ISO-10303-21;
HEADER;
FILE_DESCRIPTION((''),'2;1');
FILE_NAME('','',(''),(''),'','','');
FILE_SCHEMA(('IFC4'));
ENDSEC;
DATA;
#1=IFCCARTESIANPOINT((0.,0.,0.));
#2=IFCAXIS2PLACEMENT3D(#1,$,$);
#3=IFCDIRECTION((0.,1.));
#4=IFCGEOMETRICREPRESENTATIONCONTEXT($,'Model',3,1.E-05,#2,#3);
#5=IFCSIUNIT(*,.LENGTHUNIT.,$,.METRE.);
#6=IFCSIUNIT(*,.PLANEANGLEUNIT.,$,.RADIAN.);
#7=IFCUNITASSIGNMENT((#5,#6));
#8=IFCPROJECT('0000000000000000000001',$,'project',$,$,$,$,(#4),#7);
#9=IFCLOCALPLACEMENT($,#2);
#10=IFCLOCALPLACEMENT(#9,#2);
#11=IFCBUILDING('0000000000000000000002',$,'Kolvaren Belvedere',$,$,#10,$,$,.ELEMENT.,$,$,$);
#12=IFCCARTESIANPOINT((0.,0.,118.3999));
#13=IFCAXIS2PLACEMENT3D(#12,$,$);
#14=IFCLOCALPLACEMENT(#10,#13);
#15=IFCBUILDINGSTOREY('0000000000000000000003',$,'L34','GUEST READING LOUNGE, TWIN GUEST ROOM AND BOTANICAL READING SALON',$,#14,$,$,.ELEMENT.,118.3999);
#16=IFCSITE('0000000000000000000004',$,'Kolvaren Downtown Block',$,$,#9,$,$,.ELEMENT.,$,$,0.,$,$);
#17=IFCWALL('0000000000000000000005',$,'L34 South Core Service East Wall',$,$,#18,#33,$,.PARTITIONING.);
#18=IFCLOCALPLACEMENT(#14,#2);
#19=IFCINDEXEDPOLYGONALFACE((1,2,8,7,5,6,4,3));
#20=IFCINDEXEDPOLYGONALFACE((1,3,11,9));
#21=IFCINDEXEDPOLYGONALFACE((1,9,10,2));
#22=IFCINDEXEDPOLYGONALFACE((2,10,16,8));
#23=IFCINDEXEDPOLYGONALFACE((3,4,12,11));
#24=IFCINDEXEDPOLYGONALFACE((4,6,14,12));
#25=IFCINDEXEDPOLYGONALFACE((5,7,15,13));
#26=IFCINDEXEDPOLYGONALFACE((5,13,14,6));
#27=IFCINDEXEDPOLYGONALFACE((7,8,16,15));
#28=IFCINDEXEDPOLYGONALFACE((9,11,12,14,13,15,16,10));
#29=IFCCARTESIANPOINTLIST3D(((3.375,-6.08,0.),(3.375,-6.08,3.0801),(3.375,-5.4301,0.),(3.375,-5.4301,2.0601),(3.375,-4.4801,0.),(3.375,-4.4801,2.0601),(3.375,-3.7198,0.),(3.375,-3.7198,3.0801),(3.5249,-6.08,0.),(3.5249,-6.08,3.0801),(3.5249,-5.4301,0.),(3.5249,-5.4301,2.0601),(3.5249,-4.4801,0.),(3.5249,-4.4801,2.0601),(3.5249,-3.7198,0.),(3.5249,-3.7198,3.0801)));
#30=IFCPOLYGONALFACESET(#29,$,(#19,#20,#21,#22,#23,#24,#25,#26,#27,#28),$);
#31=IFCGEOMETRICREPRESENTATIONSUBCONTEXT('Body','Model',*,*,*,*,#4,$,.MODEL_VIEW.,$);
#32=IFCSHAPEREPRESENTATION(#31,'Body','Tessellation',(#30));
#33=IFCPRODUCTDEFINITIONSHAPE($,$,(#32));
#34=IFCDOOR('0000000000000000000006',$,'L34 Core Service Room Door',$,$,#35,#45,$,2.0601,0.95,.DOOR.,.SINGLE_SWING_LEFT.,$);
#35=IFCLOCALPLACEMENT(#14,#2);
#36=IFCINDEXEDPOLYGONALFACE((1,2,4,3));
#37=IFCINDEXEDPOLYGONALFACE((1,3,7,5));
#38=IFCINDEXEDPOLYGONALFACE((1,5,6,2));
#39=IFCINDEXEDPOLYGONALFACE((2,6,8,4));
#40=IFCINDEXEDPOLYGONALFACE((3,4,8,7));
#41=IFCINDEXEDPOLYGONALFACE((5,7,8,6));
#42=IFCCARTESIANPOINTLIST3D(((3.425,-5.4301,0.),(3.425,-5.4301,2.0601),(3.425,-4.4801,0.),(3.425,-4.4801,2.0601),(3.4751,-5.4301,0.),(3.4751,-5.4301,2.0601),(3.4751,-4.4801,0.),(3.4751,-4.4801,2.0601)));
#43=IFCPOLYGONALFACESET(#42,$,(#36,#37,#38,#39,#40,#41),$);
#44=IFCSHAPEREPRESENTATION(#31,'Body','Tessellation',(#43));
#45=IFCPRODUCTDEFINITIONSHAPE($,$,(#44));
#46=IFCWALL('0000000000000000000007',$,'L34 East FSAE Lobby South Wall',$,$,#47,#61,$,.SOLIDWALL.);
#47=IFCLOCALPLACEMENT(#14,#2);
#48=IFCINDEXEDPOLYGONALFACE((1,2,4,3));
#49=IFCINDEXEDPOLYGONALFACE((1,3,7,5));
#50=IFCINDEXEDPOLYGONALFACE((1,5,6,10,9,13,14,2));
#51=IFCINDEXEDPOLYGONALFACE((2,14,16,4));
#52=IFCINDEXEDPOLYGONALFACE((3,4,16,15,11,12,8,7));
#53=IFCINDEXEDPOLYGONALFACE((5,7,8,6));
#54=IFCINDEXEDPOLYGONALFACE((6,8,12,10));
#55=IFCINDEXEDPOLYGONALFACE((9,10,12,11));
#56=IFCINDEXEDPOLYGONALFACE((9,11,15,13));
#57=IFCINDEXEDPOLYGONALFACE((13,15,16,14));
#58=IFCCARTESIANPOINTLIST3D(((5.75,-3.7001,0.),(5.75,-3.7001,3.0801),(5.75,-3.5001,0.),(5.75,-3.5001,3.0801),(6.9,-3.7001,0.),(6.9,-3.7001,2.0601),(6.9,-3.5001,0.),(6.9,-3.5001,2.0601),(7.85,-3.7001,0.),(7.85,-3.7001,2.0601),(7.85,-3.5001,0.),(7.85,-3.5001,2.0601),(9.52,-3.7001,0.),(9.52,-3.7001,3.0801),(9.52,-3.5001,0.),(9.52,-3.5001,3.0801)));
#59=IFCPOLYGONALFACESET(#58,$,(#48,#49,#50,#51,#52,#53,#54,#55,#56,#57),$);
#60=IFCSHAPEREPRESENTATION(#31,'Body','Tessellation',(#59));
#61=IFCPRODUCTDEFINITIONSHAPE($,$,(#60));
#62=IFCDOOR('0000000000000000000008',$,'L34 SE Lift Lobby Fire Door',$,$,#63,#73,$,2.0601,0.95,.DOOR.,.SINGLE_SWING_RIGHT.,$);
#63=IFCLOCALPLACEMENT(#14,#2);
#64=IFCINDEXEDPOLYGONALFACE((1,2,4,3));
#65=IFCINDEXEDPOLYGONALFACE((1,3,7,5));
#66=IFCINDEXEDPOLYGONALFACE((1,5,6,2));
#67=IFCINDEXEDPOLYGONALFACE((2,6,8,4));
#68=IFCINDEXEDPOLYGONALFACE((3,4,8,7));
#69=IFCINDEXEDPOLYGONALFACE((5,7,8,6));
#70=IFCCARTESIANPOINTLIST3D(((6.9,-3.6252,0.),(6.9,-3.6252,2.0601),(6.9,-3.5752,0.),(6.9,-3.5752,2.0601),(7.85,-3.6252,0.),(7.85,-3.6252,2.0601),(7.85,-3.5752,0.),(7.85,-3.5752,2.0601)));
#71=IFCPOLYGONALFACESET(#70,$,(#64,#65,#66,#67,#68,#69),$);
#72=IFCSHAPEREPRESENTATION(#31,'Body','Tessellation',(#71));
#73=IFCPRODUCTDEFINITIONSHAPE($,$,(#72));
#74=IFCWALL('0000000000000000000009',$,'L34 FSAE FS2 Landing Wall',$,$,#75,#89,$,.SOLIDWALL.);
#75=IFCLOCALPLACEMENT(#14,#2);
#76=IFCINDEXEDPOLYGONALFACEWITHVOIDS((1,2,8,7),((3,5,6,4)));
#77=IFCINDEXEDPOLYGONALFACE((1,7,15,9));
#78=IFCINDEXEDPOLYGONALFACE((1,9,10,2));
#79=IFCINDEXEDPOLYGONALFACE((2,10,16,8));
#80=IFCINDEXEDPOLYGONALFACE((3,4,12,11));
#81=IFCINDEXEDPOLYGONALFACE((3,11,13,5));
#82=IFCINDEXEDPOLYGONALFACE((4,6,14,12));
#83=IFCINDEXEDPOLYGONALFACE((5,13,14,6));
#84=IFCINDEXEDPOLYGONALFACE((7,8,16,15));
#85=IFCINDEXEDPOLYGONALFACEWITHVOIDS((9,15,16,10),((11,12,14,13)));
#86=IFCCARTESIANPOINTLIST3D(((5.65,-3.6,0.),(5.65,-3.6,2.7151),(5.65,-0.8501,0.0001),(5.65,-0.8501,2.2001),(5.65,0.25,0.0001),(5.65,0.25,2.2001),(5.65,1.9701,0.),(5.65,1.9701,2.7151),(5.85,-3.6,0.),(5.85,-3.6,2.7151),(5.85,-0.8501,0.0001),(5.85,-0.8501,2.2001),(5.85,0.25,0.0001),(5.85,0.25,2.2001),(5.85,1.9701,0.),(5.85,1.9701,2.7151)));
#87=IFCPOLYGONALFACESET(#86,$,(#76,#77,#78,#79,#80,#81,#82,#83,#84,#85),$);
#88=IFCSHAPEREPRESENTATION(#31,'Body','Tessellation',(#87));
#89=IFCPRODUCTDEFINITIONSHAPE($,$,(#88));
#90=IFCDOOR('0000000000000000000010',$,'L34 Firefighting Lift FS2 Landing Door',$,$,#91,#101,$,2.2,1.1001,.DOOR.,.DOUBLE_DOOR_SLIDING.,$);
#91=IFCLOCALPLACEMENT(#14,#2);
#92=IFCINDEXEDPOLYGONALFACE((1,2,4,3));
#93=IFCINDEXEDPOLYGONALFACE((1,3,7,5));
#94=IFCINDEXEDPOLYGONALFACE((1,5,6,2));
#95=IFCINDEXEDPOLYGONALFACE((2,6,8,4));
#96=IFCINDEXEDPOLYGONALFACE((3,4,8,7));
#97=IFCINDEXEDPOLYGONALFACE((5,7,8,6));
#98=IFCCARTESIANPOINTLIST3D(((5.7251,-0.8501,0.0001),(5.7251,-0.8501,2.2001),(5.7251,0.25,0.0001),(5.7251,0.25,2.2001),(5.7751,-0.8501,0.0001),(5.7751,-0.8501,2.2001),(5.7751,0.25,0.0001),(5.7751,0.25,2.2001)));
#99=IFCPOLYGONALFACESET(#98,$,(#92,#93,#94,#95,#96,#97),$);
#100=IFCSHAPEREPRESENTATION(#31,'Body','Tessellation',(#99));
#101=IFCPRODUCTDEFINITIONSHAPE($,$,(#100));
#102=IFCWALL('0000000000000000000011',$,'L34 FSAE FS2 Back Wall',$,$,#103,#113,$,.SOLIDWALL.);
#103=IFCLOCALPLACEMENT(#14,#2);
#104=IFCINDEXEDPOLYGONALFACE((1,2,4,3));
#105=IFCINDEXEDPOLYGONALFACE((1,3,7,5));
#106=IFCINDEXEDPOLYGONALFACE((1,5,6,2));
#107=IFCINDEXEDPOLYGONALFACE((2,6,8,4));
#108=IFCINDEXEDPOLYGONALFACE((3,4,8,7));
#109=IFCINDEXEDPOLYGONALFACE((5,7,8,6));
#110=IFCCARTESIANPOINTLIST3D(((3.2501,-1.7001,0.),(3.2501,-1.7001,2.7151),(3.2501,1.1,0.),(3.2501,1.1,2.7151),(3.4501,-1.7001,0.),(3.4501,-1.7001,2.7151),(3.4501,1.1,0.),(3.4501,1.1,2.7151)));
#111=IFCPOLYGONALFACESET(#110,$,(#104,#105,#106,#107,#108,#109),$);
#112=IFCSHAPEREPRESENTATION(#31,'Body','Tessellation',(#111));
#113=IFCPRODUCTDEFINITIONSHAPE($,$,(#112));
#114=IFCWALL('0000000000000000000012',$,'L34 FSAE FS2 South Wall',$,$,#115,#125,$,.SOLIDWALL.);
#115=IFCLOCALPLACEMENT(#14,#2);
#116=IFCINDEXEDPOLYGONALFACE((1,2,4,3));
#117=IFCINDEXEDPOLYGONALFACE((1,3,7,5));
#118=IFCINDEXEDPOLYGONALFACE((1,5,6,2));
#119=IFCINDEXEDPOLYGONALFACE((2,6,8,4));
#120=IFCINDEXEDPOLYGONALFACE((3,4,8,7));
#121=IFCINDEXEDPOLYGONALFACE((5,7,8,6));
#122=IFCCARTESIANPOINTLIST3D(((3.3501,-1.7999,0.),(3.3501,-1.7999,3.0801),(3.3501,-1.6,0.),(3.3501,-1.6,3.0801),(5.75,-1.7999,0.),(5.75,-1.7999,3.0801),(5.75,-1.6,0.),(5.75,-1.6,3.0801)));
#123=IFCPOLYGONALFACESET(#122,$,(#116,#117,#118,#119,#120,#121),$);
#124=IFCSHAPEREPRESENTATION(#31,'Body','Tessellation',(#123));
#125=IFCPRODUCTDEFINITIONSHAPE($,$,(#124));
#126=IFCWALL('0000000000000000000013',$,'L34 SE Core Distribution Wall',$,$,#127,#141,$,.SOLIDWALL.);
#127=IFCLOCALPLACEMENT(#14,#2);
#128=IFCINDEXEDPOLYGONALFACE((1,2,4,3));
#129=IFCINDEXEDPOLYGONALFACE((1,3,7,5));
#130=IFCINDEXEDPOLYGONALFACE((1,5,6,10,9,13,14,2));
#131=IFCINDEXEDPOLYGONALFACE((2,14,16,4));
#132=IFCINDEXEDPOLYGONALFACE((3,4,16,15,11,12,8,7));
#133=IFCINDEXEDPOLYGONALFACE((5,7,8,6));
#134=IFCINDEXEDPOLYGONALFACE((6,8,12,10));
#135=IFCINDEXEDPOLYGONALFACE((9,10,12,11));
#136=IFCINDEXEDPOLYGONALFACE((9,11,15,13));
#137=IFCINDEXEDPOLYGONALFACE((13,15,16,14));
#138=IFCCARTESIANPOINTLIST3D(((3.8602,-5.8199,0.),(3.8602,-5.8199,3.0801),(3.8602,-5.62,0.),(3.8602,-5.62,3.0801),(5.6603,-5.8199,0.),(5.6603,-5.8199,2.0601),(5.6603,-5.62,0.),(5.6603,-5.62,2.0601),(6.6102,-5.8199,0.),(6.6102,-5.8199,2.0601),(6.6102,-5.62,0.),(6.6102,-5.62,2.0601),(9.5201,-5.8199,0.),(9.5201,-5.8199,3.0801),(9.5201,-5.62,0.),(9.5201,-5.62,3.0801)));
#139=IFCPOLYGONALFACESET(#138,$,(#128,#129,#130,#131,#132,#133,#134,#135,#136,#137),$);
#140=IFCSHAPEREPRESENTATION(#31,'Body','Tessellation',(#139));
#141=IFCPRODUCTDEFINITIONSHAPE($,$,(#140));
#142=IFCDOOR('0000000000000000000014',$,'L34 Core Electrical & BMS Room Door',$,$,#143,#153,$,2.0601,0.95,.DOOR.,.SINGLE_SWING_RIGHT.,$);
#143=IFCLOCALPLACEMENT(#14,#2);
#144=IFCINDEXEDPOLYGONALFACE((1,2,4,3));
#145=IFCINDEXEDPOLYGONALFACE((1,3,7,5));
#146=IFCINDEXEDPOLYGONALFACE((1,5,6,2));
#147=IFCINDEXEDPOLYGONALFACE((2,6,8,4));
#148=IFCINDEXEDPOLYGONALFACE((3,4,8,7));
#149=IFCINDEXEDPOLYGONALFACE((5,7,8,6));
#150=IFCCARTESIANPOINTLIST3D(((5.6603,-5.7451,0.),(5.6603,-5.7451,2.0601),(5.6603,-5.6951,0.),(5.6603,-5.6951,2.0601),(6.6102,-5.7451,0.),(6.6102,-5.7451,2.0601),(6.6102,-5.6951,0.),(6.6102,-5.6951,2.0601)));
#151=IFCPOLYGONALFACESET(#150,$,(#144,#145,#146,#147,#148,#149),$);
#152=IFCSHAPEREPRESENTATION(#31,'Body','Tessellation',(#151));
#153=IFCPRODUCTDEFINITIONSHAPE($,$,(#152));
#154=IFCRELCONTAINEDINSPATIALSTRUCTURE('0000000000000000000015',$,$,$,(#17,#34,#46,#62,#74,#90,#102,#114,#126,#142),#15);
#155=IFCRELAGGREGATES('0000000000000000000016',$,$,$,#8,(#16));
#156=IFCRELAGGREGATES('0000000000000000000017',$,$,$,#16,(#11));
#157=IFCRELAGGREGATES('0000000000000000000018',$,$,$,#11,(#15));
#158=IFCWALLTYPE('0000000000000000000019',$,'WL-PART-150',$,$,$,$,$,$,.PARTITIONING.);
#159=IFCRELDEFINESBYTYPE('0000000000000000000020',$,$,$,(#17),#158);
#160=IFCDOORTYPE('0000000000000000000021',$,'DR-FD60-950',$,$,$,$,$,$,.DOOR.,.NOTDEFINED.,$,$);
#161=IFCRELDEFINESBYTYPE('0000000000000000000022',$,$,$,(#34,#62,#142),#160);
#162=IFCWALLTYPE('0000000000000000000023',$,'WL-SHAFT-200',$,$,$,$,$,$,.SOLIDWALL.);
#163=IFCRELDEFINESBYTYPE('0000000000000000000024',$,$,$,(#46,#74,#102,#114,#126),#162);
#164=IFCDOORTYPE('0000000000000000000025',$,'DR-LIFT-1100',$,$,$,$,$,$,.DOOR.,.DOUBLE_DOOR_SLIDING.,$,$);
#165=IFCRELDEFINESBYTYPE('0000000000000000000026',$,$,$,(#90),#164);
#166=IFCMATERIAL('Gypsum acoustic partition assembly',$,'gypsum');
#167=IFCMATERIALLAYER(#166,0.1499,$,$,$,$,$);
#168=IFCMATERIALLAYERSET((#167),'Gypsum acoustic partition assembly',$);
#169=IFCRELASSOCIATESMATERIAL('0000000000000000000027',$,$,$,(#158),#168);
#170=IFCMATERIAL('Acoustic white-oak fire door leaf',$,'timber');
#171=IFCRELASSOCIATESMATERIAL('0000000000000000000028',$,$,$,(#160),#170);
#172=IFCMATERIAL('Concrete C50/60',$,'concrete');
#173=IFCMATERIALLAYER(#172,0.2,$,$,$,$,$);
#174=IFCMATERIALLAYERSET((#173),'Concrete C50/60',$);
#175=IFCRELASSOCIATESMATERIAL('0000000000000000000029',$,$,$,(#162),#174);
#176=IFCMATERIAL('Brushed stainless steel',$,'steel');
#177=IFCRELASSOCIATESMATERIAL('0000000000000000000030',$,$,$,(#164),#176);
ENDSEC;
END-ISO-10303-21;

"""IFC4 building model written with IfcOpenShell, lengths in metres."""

from ifc_helpers import new_model, si_unit, direction, frame, frame_2d, origin, place, context, subcontext, project, spatial, rectangle, extrude, material, layer, layer_set, type_object, element, fill, save


model = new_model("IFC4")

# Units and contexts
model_context = context("Model", 3, precision=1e-05, world=origin(), true_north=direction((0.0, 1.0)))
body_context = subcontext(model_context, "Body", "Model", "MODEL_VIEW")
ifc_project = project(units=[si_unit("LENGTHUNIT", "METRE"), si_unit("PLANEANGLEUNIT", "RADIAN")], contexts=[model_context])

# Site, building, storey
site_placement = place(None, origin())
site = spatial("IfcSite", under=ifc_project, at=site_placement, Name="Kolvaren Downtown Block", CompositionType="ELEMENT", RefElevation=0.0)
building_placement = place(site_placement, origin())
building = spatial("IfcBuilding", under=site, at=building_placement, Name="Kolvaren Belvedere", CompositionType="ELEMENT")
storey_placement = place(building_placement, frame((0.0, 0.0, 118.3999)))
storey = spatial("IfcBuildingStorey", under=building, at=storey_placement, Name="L34", Description="GUEST READING LOUNGE, TWIN GUEST ROOM AND BOTANICAL READING SALON", CompositionType="ELEMENT", Elevation=118.3999)

# Walls, openings, doors
ifc_material_1 = material(Name="Gypsum acoustic partition assembly", Category="gypsum")
ifc_layer_1 = layer(ifc_material_1, 0.1499)
ifc_layer_set_1 = layer_set([ifc_layer_1], Name="Gypsum acoustic partition assembly")
wall_type_1 = type_object("IfcWallType", Name="WL-PART-150", PredefinedType="PARTITIONING", material=ifc_layer_set_1)
wall_1_placement = place(storey_placement, frame((3.45, -6.0801, 0.0), z_axis=(0.0, 0.0, 1.0), x_axis=(0.0, 1.0, 0.0)))
wall_1 = element("IfcWall", 1, at=wall_1_placement, inside=storey, type_object=wall_type_1, Name="L34 South Core Service East Wall", PredefinedType="PARTITIONING", context=body_context, shape_type="SweptSolid", body=[
    extrude(rectangle(XDim=2.3601, YDim=0.1499, at=frame_2d((1.1802, 0.0))), origin(), (0.0, 0.0, 1.0), 3.0801),
])
opening_1_placement = place(wall_1_placement, frame((0.6499, 0.0, 0.0)))
opening_1 = element("IfcOpeningElement", 2, at=opening_1_placement, cuts=wall_1, PredefinedType="OPENING", context=body_context, shape_type="SweptSolid", body=[
    extrude(rectangle(XDim=0.95, YDim=2.0601, at=frame_2d((0.4751, 1.03))), frame((0.0, 0.085, 0.0), z_axis=(0.0, -1.0, 0.0), x_axis=(1.0, 0.0, 0.0)), (0.0, 0.0, 1.0), 0.1699),
])
ifc_material_2 = material(Name="Acoustic white-oak fire door leaf", Category="timber")
door_type_1 = type_object("IfcDoorType", Name="DR-FD60-950", OperationType="NOTDEFINED", PredefinedType="DOOR", material=ifc_material_2)
door_1_placement = place(opening_1_placement, origin())
door_1 = element("IfcDoor", 3, at=door_1_placement, inside=storey, type_object=door_type_1, Name="L34 Core Service Room Door", OperationType="SINGLE_SWING_LEFT", OverallHeight=2.0601, OverallWidth=0.95, PredefinedType="DOOR", context=body_context, shape_type="SweptSolid", body=[
    extrude(rectangle(XDim=0.95, YDim=2.0601, at=frame_2d((0.4751, 1.03))), frame((0.0, 0.0249, 0.0), z_axis=(0.0, -1.0, 0.0), x_axis=(1.0, 0.0, 0.0)), (0.0, 0.0, 1.0), 0.05),
])
fill(opening_1, door_1)
ifc_material_3 = material(Name="Concrete C50/60", Category="concrete")
ifc_layer_2 = layer(ifc_material_3, 0.2)
ifc_layer_set_2 = layer_set([ifc_layer_2], Name="Concrete C50/60")
wall_type_2 = type_object("IfcWallType", Name="WL-SHAFT-200", PredefinedType="SOLIDWALL", material=ifc_layer_set_2)
wall_2_placement = place(storey_placement, frame((5.75, -3.6001, 0.0), z_axis=(0.0, 0.0, 1.0), x_axis=(1.0, 0.0, 0.0)))
wall_2 = element("IfcWall", 4, at=wall_2_placement, inside=storey, type_object=wall_type_2, Name="L34 East FSAE Lobby South Wall", PredefinedType="SOLIDWALL", context=body_context, shape_type="SweptSolid", body=[
    extrude(rectangle(XDim=3.77, YDim=0.2, at=frame_2d((1.885, 0.0))), origin(), (0.0, 0.0, 1.0), 3.0801),
])
opening_2_placement = place(wall_2_placement, frame((1.1499, 0.0, 0.0)))
opening_2 = element("IfcOpeningElement", 5, at=opening_2_placement, cuts=wall_2, PredefinedType="OPENING", context=body_context, shape_type="SweptSolid", body=[
    extrude(rectangle(XDim=0.95, YDim=2.0601, at=frame_2d((0.4751, 1.03))), frame((0.0, 0.1099, 0.0), z_axis=(0.0, -1.0, 0.0), x_axis=(1.0, 0.0, 0.0)), (0.0, 0.0, 1.0), 0.22),
])
door_2_placement = place(opening_2_placement, origin())
door_2 = element("IfcDoor", 6, at=door_2_placement, inside=storey, type_object=door_type_1, Name="L34 SE Lift Lobby Fire Door", OperationType="SINGLE_SWING_RIGHT", OverallHeight=2.0601, OverallWidth=0.95, PredefinedType="DOOR", context=body_context, shape_type="SweptSolid", body=[
    extrude(rectangle(XDim=0.95, YDim=2.0601, at=frame_2d((0.4751, 1.03))), frame((0.0, 0.0249, 0.0), z_axis=(0.0, -1.0, 0.0), x_axis=(1.0, 0.0, 0.0)), (0.0, 0.0, 1.0), 0.05),
])
fill(opening_2, door_2)
wall_3_placement = place(storey_placement, frame((5.75, -3.6001, 0.0), z_axis=(0.0, 0.0, 1.0), x_axis=(0.0, 1.0, 0.0)))
wall_3 = element("IfcWall", 7, at=wall_3_placement, inside=storey, type_object=wall_type_2, Name="L34 FSAE FS2 Landing Wall", PredefinedType="SOLIDWALL", context=body_context, shape_type="SweptSolid", body=[
    extrude(rectangle(XDim=5.5701, YDim=0.2, at=frame_2d((2.7852, 0.0))), origin(), (0.0, 0.0, 1.0), 2.7151),
])
opening_3_placement = place(wall_3_placement, frame((2.75, 0.0, 0.0)))
opening_3 = element("IfcOpeningElement", 8, at=opening_3_placement, cuts=wall_3, PredefinedType="OPENING", context=body_context, shape_type="SweptSolid", body=[
    extrude(rectangle(XDim=1.1001, YDim=2.2, at=frame_2d((0.55, 1.1001))), frame((0.0, 0.1099, 0.0), z_axis=(0.0, -1.0, 0.0), x_axis=(1.0, 0.0, 0.0)), (0.0, 0.0, 1.0), 0.22),
])
ifc_material_4 = material(Name="Brushed stainless steel", Category="steel")
door_type_2 = type_object("IfcDoorType", Name="DR-LIFT-1100", OperationType="DOUBLE_DOOR_SLIDING", PredefinedType="DOOR", material=ifc_material_4)
door_3_placement = place(opening_3_placement, origin())
door_3 = element("IfcDoor", 9, at=door_3_placement, inside=storey, type_object=door_type_2, Name="L34 Firefighting Lift FS2 Landing Door", OperationType="DOUBLE_DOOR_SLIDING", OverallHeight=2.2, OverallWidth=1.1001, PredefinedType="DOOR", context=body_context, shape_type="SweptSolid", body=[
    extrude(rectangle(XDim=1.1001, YDim=2.2, at=frame_2d((0.55, 1.1001))), frame((0.0, 0.0249, 0.0), z_axis=(0.0, -1.0, 0.0), x_axis=(1.0, 0.0, 0.0)), (0.0, 0.0, 1.0), 0.05),
])
fill(opening_3, door_3)

# Walls
wall_4_placement = place(storey_placement, frame((3.3501, -1.7, 0.0), z_axis=(0.0, 0.0, 1.0), x_axis=(0.0, 1.0, 0.0)))
element("IfcWall", 10, at=wall_4_placement, inside=storey, type_object=wall_type_2, Name="L34 FSAE FS2 Back Wall", PredefinedType="SOLIDWALL", context=body_context, shape_type="SweptSolid", body=[
    extrude(rectangle(XDim=2.8, YDim=0.2, at=frame_2d((1.3999, 0.0))), origin(), (0.0, 0.0, 1.0), 2.7151),
])
wall_5_placement = place(storey_placement, frame((3.3501, -1.7, 0.0), z_axis=(0.0, 0.0, 1.0), x_axis=(1.0, 0.0, 0.0)))
element("IfcWall", 11, at=wall_5_placement, inside=storey, type_object=wall_type_2, Name="L34 FSAE FS2 South Wall", PredefinedType="SOLIDWALL", context=body_context, shape_type="SweptSolid", body=[
    extrude(rectangle(XDim=2.3999, YDim=0.2, at=frame_2d((1.2, 0.0))), origin(), (0.0, 0.0, 1.0), 3.0801),
])

# Wall, opening, door
wall_6_placement = place(storey_placement, frame((3.8601, -5.72, 0.0), z_axis=(0.0, 0.0, 1.0), x_axis=(1.0, 0.0, 0.0)))
wall_6 = element("IfcWall", 12, at=wall_6_placement, inside=storey, type_object=wall_type_2, Name="L34 SE Core Distribution Wall", PredefinedType="SOLIDWALL", context=body_context, shape_type="SweptSolid", body=[
    extrude(rectangle(XDim=5.6599, YDim=0.2, at=frame_2d((2.8301, 0.0))), origin(), (0.0, 0.0, 1.0), 3.0801),
])
opening_4_placement = place(wall_6_placement, frame((1.8, 0.0, 0.0)))
opening_4 = element("IfcOpeningElement", 13, at=opening_4_placement, cuts=wall_6, PredefinedType="OPENING", context=body_context, shape_type="SweptSolid", body=[
    extrude(rectangle(XDim=0.95, YDim=2.0601, at=frame_2d((0.4751, 1.03))), frame((0.0, 0.1099, 0.0), z_axis=(0.0, -1.0, 0.0), x_axis=(1.0, 0.0, 0.0)), (0.0, 0.0, 1.0), 0.22),
])
door_4_placement = place(opening_4_placement, origin())
door_4 = element("IfcDoor", 14, at=door_4_placement, inside=storey, type_object=door_type_1, Name="L34 Core Electrical & BMS Room Door", OperationType="SINGLE_SWING_RIGHT", OverallHeight=2.0601, OverallWidth=0.95, PredefinedType="DOOR", context=body_context, shape_type="SweptSolid", body=[
    extrude(rectangle(XDim=0.95, YDim=2.0601, at=frame_2d((0.4751, 1.03))), frame((0.0, 0.0249, 0.0), z_axis=(0.0, -1.0, 0.0), x_axis=(1.0, 0.0, 0.0)), (0.0, 0.0, 1.0), 0.05),
])
fill(opening_4, door_4)

save(model, "model.ifc")
